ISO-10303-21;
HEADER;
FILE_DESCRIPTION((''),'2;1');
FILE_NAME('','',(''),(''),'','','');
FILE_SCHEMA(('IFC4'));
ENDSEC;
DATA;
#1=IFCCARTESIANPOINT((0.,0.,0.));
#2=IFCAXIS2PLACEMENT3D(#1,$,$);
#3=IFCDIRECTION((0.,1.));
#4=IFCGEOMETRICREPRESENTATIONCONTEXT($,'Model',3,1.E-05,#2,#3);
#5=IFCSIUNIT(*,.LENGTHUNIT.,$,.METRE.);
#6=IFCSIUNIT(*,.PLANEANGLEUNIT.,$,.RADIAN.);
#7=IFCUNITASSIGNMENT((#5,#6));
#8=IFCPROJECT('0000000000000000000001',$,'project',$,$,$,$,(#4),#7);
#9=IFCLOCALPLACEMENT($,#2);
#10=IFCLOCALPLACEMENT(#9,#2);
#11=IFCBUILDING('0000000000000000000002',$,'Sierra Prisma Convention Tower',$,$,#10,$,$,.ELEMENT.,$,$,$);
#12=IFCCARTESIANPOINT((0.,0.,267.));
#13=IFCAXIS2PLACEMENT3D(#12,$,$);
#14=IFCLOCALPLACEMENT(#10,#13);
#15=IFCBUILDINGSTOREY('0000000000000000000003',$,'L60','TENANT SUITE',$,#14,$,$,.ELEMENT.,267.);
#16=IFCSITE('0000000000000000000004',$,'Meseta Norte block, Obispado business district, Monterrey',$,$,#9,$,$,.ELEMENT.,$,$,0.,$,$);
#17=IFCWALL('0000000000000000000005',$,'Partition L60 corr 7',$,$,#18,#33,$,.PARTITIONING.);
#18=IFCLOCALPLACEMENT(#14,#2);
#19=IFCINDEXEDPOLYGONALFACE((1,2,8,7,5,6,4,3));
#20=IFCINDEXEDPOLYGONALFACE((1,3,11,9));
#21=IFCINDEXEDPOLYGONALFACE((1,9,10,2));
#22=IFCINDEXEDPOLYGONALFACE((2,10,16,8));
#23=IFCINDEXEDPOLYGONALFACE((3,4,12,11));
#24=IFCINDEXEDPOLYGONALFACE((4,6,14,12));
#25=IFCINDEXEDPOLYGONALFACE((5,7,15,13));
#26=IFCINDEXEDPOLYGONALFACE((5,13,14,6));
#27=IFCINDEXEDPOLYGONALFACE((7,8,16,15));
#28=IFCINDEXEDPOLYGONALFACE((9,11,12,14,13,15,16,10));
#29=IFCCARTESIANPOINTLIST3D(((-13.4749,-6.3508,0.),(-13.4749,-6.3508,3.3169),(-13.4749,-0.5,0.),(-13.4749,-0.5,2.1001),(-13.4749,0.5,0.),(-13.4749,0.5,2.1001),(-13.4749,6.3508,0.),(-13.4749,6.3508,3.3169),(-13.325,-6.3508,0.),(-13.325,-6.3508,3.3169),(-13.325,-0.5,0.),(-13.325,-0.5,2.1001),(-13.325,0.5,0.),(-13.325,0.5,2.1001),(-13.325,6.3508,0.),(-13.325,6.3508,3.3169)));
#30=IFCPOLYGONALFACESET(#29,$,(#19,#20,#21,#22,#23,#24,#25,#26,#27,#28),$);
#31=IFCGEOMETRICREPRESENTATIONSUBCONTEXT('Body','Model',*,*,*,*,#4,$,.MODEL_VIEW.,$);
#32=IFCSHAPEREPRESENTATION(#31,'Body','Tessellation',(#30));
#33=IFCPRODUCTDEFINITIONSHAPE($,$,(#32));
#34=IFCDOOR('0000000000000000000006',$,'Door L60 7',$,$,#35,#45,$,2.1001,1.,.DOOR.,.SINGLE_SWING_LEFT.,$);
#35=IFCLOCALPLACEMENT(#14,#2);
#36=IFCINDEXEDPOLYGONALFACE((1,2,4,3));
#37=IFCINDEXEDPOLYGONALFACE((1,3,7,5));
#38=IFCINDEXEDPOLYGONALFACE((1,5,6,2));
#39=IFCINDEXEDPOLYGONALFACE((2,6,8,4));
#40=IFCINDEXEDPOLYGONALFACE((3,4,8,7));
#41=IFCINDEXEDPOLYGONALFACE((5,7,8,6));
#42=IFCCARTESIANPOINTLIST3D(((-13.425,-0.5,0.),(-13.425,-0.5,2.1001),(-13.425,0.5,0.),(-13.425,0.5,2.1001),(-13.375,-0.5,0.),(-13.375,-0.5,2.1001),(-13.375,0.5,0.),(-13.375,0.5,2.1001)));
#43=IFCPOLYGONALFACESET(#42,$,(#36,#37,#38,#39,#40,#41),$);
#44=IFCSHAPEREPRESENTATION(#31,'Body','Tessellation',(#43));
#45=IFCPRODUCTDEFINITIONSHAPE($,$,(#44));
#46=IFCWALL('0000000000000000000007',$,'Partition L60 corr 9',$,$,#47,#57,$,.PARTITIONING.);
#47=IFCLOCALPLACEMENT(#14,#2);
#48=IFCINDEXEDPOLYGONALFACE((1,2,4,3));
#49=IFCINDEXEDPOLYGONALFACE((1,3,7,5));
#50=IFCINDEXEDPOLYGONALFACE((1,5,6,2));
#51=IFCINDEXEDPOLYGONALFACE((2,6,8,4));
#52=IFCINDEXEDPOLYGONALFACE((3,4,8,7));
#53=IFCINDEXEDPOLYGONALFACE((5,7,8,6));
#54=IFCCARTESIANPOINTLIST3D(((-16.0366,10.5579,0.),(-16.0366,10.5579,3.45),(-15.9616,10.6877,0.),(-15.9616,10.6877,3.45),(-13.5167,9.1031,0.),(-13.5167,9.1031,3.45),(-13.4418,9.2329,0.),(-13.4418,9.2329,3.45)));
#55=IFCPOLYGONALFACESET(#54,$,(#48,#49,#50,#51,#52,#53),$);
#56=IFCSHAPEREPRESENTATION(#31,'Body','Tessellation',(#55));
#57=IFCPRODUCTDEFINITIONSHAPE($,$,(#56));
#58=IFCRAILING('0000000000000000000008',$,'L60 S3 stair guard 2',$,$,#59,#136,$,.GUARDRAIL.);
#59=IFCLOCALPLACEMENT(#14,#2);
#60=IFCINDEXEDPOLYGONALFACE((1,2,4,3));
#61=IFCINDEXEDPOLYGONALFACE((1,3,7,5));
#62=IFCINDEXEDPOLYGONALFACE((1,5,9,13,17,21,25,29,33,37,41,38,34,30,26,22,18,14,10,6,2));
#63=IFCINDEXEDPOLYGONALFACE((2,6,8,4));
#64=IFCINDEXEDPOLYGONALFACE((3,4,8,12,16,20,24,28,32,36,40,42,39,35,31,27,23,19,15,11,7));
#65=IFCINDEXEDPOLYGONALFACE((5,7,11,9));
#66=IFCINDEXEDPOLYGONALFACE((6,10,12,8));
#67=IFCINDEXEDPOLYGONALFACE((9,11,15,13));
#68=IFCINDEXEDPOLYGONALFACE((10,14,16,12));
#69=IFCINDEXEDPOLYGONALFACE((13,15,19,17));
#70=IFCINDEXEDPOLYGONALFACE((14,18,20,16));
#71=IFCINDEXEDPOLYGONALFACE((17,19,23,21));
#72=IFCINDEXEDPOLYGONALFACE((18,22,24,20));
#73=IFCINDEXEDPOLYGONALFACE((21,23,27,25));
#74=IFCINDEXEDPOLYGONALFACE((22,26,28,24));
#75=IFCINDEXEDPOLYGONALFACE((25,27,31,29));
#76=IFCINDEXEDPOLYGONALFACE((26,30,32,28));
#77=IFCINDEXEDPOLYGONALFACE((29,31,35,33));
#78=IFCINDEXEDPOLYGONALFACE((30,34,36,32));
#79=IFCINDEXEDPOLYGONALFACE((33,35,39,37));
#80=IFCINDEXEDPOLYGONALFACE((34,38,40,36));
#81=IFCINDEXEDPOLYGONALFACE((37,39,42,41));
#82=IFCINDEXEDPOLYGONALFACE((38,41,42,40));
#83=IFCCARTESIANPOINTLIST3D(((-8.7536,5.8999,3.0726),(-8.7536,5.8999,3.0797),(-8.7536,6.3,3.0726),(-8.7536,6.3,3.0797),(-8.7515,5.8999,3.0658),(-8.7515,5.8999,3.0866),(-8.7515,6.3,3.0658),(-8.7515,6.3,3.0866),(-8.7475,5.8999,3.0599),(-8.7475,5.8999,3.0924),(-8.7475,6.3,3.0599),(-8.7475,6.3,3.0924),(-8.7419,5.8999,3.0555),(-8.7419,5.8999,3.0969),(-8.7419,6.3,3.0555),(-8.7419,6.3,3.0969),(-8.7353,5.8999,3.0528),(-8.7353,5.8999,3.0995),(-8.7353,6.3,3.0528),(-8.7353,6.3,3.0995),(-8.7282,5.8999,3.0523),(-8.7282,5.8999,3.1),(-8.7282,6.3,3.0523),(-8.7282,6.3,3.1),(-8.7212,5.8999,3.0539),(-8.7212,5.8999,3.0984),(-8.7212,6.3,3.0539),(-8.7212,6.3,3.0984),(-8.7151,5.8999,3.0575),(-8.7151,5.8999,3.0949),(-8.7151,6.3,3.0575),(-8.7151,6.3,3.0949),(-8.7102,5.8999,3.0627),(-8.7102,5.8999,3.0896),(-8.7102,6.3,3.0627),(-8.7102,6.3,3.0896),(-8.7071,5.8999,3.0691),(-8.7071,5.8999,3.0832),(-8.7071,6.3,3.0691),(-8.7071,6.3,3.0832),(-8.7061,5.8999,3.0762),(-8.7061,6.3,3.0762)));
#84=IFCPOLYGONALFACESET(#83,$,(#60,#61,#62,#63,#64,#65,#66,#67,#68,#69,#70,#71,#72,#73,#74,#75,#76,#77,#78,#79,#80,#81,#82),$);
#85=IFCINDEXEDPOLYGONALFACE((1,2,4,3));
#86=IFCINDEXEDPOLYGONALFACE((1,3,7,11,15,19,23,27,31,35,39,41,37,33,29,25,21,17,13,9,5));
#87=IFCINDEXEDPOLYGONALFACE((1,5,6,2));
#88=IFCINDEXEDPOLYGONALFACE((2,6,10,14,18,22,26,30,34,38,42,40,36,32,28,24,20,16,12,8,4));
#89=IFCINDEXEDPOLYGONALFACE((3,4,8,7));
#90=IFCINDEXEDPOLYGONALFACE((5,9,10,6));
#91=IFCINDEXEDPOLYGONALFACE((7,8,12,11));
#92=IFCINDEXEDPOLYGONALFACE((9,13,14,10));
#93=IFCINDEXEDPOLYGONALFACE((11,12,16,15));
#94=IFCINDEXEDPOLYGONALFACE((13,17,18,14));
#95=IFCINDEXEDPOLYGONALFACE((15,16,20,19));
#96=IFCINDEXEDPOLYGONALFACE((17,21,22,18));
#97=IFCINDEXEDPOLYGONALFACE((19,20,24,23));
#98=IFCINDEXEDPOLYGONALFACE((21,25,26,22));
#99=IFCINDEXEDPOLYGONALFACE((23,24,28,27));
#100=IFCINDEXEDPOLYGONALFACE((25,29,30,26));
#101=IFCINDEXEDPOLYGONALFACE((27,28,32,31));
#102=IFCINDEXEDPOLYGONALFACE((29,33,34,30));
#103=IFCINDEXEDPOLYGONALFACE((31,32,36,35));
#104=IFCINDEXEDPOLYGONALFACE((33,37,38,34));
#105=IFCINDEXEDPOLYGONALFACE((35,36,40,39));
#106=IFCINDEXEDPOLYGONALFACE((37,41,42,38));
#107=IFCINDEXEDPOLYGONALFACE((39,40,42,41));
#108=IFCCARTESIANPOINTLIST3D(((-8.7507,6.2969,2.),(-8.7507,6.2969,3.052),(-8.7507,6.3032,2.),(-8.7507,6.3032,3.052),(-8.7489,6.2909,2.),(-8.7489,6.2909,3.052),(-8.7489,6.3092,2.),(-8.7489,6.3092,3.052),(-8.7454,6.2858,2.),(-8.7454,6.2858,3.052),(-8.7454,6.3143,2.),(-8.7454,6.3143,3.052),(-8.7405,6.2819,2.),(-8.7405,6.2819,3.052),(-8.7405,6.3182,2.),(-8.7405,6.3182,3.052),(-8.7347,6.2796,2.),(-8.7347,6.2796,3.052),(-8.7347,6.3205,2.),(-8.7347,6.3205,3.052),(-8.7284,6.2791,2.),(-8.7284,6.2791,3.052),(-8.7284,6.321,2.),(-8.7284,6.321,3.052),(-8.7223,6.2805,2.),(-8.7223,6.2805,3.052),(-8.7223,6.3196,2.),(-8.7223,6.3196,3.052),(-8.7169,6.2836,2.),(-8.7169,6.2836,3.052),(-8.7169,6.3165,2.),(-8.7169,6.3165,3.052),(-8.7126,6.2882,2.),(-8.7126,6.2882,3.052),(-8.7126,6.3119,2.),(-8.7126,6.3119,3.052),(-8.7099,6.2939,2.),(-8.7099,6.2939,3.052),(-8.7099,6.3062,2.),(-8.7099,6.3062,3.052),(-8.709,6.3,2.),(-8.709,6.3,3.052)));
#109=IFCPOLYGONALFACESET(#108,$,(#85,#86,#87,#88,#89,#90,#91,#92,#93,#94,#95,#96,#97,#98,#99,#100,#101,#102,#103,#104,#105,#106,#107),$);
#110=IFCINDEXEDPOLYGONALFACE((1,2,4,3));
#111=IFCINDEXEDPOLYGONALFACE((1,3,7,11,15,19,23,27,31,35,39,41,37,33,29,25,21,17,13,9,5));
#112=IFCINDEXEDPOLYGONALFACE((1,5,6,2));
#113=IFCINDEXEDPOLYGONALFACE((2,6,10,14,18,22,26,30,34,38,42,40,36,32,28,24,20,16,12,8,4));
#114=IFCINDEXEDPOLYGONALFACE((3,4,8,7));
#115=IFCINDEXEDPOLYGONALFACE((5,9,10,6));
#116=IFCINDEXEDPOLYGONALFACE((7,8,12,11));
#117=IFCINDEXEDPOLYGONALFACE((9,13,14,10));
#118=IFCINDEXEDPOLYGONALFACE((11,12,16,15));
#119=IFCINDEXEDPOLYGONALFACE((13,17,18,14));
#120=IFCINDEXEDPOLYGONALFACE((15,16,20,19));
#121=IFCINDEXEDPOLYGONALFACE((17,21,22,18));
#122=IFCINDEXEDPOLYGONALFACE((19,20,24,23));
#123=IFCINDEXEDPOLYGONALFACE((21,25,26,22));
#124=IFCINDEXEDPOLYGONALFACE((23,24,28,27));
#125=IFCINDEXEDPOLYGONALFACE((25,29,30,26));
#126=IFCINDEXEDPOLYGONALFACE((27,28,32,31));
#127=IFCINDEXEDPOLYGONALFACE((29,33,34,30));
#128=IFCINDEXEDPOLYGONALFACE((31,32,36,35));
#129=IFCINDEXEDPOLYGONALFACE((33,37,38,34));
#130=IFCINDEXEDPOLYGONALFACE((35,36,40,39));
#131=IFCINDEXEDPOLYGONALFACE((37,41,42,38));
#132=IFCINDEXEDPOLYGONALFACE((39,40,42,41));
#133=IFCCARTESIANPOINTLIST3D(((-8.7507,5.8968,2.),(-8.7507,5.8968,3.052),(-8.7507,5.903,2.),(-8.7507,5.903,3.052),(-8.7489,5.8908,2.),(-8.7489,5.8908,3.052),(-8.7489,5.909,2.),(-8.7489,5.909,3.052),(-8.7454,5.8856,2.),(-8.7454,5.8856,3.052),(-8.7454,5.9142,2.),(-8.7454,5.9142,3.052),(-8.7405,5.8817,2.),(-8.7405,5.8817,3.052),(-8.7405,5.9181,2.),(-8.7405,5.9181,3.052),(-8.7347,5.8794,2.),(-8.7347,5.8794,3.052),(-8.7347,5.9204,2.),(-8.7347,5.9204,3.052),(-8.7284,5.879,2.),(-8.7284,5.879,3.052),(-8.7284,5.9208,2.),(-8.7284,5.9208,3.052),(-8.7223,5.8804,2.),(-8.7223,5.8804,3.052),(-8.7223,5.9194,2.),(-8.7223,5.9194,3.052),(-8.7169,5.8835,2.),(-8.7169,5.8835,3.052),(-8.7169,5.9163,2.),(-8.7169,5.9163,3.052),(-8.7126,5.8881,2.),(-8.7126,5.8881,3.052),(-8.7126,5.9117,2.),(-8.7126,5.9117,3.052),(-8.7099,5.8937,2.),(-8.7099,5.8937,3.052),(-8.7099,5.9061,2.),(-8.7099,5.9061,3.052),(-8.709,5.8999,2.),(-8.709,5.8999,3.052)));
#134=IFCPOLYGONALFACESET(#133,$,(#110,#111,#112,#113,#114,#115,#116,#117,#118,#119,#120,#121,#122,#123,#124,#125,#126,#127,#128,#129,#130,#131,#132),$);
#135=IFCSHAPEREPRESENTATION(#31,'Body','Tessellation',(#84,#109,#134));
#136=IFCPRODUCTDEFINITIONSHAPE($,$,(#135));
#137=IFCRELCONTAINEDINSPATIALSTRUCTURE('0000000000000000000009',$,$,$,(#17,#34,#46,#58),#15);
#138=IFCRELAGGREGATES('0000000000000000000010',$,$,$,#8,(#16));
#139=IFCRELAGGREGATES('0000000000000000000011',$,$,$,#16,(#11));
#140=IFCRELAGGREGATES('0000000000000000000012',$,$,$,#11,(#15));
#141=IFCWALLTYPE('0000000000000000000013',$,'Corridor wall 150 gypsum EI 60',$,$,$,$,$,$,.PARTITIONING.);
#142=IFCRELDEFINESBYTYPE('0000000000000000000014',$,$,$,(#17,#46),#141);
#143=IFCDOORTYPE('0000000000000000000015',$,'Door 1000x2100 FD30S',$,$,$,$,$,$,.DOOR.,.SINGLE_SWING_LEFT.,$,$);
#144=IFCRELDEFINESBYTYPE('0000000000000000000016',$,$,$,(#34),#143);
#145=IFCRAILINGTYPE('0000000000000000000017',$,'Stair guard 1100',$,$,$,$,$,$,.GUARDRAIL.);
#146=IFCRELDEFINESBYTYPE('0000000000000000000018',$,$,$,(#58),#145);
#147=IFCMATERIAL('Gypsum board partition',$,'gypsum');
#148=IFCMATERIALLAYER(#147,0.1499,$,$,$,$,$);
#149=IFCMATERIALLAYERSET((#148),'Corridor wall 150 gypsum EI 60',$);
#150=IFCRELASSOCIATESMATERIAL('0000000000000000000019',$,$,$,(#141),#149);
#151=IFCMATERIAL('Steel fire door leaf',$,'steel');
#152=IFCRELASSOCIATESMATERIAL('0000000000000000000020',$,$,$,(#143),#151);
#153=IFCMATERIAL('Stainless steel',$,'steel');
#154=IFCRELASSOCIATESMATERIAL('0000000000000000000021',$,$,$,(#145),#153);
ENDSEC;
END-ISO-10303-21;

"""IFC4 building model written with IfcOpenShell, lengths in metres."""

from ifc_helpers import new_model, si_unit, direction, frame, frame_2d, origin, origin_2d, place, context, subcontext, project, spatial, rectangle, circle, extrude, material, layer, layer_set, type_object, element, fill, save


model = new_model("IFC4")

# Units and contexts
model_context = context("Model", 3, precision=1e-05, world=origin(), true_north=direction((0.0, 1.0)))
body_context = subcontext(model_context, "Body", "Model", "MODEL_VIEW")
ifc_project = project(units=[si_unit("LENGTHUNIT", "METRE"), si_unit("PLANEANGLEUNIT", "RADIAN")], contexts=[model_context])

# Site, building, storey
site_placement = place(None, origin())
site = spatial("IfcSite", under=ifc_project, at=site_placement, Name="Meseta Norte block, Obispado business district, Monterrey", CompositionType="ELEMENT", RefElevation=0.0)
building_placement = place(site_placement, origin())
building = spatial("IfcBuilding", under=site, at=building_placement, Name="Sierra Prisma Convention Tower", CompositionType="ELEMENT")
storey_placement = place(building_placement, frame((0.0, 0.0, 267.0)))
storey = spatial("IfcBuildingStorey", under=building, at=storey_placement, Name="L60", Description="TENANT SUITE", CompositionType="ELEMENT", Elevation=267.0)

# Shared definitions
ifc_material_1 = material(Name="Gypsum board partition", Category="gypsum")
ifc_layer_1 = layer(ifc_material_1, 0.1499)
ifc_layer_set_1 = layer_set([ifc_layer_1], Name="Corridor wall 150 gypsum EI 60")
wall_type_1 = type_object("IfcWallType", Name="Corridor wall 150 gypsum EI 60", PredefinedType="PARTITIONING", material=ifc_layer_set_1)

# Wall, opening, door
wall_1_placement = place(storey_placement, frame((-13.3999, 6.3508, 0.0), z_axis=(0.0, 0.0, 1.0), x_axis=(0.0, -1.0, 0.0)))
wall_1 = element("IfcWall", 1, at=wall_1_placement, inside=storey, type_object=wall_type_1, Name="Partition L60 corr 7", PredefinedType="PARTITIONING", context=body_context, shape_type="SweptSolid", body=[
    extrude(rectangle(XDim=12.7017, YDim=0.1499, at=frame_2d((6.3508, 0.0))), origin(), (0.0, 0.0, 1.0), 3.3169),
])
opening_1_placement = place(wall_1_placement, frame((5.8508, 0.0, 0.0)))
opening_1 = element("IfcOpeningElement", 2, at=opening_1_placement, cuts=wall_1, PredefinedType="OPENING", context=body_context, shape_type="SweptSolid", body=[
    extrude(rectangle(XDim=1.0, YDim=2.1001, at=frame_2d((0.5, 1.05))), frame((0.0, 0.075, 0.0), z_axis=(0.0, -1.0, 0.0), x_axis=(1.0, 0.0, 0.0)), (0.0, 0.0, 1.0), 0.1499),
])
ifc_material_2 = material(Name="Steel fire door leaf", Category="steel")
door_type_1 = type_object("IfcDoorType", Name="Door 1000x2100 FD30S", OperationType="SINGLE_SWING_LEFT", PredefinedType="DOOR", material=ifc_material_2)
door_1_placement = place(opening_1_placement, origin())
door_1 = element("IfcDoor", 3, at=door_1_placement, inside=storey, type_object=door_type_1, Name="Door L60 7", OperationType="SINGLE_SWING_LEFT", OverallHeight=2.1001, OverallWidth=1.0, PredefinedType="DOOR", context=body_context, shape_type="SweptSolid", body=[
    extrude(rectangle(XDim=1.0, YDim=2.1001, at=frame_2d((0.5, 1.05))), frame((0.0, 0.0249, 0.0), z_axis=(0.0, -1.0, 0.0), x_axis=(1.0, 0.0, 0.0)), (0.0, 0.0, 1.0), 0.05),
])
fill(opening_1, door_1)

# Wall
wall_2_placement = place(storey_placement, frame((-13.4792, 9.168, 0.0), z_axis=(0.0, 0.0, 1.0), x_axis=(-0.866019, 0.500011, 0.0)))
element("IfcWall", 4, at=wall_2_placement, inside=storey, type_object=wall_type_1, Name="Partition L60 corr 9", PredefinedType="PARTITIONING", context=body_context, shape_type="SweptSolid", body=[
    extrude(rectangle(XDim=2.9097, YDim=0.1499, at=frame_2d((1.4548, 0.0))), origin(), (0.0, 0.0, 1.0), 3.45),
])

# Railing
ifc_material_3 = material(Name="Stainless steel", Category="steel")
railing_type = type_object("IfcRailingType", Name="Stair guard 1100", PredefinedType="GUARDRAIL", material=ifc_material_3)
railing_placement = place(storey_placement, frame((-8.73, 6.3, 2.0)))
element("IfcRailing", 5, at=railing_placement, inside=storey, type_object=railing_type, Name="L60 S3 stair guard 2", PredefinedType="GUARDRAIL", context=body_context, shape_type="SweptSolid", body=[
    extrude(circle(Radius=0.0239, at=origin_2d()), frame((0.0, 0.0, 1.0762), z_axis=(0.0, -1.0, 0.0), x_axis=(1.0, 0.0, 0.0)), (0.0, 0.0, 1.0), 0.4001),
    extrude(circle(Radius=0.021, at=origin_2d()), origin(), (0.0, 0.0, 1.0), 1.052),
    extrude(circle(Radius=0.021, at=origin_2d()), frame((0.0, -0.4001, 0.0)), (0.0, 0.0, 1.0), 1.052),
])

save(model, "model.ifc")
